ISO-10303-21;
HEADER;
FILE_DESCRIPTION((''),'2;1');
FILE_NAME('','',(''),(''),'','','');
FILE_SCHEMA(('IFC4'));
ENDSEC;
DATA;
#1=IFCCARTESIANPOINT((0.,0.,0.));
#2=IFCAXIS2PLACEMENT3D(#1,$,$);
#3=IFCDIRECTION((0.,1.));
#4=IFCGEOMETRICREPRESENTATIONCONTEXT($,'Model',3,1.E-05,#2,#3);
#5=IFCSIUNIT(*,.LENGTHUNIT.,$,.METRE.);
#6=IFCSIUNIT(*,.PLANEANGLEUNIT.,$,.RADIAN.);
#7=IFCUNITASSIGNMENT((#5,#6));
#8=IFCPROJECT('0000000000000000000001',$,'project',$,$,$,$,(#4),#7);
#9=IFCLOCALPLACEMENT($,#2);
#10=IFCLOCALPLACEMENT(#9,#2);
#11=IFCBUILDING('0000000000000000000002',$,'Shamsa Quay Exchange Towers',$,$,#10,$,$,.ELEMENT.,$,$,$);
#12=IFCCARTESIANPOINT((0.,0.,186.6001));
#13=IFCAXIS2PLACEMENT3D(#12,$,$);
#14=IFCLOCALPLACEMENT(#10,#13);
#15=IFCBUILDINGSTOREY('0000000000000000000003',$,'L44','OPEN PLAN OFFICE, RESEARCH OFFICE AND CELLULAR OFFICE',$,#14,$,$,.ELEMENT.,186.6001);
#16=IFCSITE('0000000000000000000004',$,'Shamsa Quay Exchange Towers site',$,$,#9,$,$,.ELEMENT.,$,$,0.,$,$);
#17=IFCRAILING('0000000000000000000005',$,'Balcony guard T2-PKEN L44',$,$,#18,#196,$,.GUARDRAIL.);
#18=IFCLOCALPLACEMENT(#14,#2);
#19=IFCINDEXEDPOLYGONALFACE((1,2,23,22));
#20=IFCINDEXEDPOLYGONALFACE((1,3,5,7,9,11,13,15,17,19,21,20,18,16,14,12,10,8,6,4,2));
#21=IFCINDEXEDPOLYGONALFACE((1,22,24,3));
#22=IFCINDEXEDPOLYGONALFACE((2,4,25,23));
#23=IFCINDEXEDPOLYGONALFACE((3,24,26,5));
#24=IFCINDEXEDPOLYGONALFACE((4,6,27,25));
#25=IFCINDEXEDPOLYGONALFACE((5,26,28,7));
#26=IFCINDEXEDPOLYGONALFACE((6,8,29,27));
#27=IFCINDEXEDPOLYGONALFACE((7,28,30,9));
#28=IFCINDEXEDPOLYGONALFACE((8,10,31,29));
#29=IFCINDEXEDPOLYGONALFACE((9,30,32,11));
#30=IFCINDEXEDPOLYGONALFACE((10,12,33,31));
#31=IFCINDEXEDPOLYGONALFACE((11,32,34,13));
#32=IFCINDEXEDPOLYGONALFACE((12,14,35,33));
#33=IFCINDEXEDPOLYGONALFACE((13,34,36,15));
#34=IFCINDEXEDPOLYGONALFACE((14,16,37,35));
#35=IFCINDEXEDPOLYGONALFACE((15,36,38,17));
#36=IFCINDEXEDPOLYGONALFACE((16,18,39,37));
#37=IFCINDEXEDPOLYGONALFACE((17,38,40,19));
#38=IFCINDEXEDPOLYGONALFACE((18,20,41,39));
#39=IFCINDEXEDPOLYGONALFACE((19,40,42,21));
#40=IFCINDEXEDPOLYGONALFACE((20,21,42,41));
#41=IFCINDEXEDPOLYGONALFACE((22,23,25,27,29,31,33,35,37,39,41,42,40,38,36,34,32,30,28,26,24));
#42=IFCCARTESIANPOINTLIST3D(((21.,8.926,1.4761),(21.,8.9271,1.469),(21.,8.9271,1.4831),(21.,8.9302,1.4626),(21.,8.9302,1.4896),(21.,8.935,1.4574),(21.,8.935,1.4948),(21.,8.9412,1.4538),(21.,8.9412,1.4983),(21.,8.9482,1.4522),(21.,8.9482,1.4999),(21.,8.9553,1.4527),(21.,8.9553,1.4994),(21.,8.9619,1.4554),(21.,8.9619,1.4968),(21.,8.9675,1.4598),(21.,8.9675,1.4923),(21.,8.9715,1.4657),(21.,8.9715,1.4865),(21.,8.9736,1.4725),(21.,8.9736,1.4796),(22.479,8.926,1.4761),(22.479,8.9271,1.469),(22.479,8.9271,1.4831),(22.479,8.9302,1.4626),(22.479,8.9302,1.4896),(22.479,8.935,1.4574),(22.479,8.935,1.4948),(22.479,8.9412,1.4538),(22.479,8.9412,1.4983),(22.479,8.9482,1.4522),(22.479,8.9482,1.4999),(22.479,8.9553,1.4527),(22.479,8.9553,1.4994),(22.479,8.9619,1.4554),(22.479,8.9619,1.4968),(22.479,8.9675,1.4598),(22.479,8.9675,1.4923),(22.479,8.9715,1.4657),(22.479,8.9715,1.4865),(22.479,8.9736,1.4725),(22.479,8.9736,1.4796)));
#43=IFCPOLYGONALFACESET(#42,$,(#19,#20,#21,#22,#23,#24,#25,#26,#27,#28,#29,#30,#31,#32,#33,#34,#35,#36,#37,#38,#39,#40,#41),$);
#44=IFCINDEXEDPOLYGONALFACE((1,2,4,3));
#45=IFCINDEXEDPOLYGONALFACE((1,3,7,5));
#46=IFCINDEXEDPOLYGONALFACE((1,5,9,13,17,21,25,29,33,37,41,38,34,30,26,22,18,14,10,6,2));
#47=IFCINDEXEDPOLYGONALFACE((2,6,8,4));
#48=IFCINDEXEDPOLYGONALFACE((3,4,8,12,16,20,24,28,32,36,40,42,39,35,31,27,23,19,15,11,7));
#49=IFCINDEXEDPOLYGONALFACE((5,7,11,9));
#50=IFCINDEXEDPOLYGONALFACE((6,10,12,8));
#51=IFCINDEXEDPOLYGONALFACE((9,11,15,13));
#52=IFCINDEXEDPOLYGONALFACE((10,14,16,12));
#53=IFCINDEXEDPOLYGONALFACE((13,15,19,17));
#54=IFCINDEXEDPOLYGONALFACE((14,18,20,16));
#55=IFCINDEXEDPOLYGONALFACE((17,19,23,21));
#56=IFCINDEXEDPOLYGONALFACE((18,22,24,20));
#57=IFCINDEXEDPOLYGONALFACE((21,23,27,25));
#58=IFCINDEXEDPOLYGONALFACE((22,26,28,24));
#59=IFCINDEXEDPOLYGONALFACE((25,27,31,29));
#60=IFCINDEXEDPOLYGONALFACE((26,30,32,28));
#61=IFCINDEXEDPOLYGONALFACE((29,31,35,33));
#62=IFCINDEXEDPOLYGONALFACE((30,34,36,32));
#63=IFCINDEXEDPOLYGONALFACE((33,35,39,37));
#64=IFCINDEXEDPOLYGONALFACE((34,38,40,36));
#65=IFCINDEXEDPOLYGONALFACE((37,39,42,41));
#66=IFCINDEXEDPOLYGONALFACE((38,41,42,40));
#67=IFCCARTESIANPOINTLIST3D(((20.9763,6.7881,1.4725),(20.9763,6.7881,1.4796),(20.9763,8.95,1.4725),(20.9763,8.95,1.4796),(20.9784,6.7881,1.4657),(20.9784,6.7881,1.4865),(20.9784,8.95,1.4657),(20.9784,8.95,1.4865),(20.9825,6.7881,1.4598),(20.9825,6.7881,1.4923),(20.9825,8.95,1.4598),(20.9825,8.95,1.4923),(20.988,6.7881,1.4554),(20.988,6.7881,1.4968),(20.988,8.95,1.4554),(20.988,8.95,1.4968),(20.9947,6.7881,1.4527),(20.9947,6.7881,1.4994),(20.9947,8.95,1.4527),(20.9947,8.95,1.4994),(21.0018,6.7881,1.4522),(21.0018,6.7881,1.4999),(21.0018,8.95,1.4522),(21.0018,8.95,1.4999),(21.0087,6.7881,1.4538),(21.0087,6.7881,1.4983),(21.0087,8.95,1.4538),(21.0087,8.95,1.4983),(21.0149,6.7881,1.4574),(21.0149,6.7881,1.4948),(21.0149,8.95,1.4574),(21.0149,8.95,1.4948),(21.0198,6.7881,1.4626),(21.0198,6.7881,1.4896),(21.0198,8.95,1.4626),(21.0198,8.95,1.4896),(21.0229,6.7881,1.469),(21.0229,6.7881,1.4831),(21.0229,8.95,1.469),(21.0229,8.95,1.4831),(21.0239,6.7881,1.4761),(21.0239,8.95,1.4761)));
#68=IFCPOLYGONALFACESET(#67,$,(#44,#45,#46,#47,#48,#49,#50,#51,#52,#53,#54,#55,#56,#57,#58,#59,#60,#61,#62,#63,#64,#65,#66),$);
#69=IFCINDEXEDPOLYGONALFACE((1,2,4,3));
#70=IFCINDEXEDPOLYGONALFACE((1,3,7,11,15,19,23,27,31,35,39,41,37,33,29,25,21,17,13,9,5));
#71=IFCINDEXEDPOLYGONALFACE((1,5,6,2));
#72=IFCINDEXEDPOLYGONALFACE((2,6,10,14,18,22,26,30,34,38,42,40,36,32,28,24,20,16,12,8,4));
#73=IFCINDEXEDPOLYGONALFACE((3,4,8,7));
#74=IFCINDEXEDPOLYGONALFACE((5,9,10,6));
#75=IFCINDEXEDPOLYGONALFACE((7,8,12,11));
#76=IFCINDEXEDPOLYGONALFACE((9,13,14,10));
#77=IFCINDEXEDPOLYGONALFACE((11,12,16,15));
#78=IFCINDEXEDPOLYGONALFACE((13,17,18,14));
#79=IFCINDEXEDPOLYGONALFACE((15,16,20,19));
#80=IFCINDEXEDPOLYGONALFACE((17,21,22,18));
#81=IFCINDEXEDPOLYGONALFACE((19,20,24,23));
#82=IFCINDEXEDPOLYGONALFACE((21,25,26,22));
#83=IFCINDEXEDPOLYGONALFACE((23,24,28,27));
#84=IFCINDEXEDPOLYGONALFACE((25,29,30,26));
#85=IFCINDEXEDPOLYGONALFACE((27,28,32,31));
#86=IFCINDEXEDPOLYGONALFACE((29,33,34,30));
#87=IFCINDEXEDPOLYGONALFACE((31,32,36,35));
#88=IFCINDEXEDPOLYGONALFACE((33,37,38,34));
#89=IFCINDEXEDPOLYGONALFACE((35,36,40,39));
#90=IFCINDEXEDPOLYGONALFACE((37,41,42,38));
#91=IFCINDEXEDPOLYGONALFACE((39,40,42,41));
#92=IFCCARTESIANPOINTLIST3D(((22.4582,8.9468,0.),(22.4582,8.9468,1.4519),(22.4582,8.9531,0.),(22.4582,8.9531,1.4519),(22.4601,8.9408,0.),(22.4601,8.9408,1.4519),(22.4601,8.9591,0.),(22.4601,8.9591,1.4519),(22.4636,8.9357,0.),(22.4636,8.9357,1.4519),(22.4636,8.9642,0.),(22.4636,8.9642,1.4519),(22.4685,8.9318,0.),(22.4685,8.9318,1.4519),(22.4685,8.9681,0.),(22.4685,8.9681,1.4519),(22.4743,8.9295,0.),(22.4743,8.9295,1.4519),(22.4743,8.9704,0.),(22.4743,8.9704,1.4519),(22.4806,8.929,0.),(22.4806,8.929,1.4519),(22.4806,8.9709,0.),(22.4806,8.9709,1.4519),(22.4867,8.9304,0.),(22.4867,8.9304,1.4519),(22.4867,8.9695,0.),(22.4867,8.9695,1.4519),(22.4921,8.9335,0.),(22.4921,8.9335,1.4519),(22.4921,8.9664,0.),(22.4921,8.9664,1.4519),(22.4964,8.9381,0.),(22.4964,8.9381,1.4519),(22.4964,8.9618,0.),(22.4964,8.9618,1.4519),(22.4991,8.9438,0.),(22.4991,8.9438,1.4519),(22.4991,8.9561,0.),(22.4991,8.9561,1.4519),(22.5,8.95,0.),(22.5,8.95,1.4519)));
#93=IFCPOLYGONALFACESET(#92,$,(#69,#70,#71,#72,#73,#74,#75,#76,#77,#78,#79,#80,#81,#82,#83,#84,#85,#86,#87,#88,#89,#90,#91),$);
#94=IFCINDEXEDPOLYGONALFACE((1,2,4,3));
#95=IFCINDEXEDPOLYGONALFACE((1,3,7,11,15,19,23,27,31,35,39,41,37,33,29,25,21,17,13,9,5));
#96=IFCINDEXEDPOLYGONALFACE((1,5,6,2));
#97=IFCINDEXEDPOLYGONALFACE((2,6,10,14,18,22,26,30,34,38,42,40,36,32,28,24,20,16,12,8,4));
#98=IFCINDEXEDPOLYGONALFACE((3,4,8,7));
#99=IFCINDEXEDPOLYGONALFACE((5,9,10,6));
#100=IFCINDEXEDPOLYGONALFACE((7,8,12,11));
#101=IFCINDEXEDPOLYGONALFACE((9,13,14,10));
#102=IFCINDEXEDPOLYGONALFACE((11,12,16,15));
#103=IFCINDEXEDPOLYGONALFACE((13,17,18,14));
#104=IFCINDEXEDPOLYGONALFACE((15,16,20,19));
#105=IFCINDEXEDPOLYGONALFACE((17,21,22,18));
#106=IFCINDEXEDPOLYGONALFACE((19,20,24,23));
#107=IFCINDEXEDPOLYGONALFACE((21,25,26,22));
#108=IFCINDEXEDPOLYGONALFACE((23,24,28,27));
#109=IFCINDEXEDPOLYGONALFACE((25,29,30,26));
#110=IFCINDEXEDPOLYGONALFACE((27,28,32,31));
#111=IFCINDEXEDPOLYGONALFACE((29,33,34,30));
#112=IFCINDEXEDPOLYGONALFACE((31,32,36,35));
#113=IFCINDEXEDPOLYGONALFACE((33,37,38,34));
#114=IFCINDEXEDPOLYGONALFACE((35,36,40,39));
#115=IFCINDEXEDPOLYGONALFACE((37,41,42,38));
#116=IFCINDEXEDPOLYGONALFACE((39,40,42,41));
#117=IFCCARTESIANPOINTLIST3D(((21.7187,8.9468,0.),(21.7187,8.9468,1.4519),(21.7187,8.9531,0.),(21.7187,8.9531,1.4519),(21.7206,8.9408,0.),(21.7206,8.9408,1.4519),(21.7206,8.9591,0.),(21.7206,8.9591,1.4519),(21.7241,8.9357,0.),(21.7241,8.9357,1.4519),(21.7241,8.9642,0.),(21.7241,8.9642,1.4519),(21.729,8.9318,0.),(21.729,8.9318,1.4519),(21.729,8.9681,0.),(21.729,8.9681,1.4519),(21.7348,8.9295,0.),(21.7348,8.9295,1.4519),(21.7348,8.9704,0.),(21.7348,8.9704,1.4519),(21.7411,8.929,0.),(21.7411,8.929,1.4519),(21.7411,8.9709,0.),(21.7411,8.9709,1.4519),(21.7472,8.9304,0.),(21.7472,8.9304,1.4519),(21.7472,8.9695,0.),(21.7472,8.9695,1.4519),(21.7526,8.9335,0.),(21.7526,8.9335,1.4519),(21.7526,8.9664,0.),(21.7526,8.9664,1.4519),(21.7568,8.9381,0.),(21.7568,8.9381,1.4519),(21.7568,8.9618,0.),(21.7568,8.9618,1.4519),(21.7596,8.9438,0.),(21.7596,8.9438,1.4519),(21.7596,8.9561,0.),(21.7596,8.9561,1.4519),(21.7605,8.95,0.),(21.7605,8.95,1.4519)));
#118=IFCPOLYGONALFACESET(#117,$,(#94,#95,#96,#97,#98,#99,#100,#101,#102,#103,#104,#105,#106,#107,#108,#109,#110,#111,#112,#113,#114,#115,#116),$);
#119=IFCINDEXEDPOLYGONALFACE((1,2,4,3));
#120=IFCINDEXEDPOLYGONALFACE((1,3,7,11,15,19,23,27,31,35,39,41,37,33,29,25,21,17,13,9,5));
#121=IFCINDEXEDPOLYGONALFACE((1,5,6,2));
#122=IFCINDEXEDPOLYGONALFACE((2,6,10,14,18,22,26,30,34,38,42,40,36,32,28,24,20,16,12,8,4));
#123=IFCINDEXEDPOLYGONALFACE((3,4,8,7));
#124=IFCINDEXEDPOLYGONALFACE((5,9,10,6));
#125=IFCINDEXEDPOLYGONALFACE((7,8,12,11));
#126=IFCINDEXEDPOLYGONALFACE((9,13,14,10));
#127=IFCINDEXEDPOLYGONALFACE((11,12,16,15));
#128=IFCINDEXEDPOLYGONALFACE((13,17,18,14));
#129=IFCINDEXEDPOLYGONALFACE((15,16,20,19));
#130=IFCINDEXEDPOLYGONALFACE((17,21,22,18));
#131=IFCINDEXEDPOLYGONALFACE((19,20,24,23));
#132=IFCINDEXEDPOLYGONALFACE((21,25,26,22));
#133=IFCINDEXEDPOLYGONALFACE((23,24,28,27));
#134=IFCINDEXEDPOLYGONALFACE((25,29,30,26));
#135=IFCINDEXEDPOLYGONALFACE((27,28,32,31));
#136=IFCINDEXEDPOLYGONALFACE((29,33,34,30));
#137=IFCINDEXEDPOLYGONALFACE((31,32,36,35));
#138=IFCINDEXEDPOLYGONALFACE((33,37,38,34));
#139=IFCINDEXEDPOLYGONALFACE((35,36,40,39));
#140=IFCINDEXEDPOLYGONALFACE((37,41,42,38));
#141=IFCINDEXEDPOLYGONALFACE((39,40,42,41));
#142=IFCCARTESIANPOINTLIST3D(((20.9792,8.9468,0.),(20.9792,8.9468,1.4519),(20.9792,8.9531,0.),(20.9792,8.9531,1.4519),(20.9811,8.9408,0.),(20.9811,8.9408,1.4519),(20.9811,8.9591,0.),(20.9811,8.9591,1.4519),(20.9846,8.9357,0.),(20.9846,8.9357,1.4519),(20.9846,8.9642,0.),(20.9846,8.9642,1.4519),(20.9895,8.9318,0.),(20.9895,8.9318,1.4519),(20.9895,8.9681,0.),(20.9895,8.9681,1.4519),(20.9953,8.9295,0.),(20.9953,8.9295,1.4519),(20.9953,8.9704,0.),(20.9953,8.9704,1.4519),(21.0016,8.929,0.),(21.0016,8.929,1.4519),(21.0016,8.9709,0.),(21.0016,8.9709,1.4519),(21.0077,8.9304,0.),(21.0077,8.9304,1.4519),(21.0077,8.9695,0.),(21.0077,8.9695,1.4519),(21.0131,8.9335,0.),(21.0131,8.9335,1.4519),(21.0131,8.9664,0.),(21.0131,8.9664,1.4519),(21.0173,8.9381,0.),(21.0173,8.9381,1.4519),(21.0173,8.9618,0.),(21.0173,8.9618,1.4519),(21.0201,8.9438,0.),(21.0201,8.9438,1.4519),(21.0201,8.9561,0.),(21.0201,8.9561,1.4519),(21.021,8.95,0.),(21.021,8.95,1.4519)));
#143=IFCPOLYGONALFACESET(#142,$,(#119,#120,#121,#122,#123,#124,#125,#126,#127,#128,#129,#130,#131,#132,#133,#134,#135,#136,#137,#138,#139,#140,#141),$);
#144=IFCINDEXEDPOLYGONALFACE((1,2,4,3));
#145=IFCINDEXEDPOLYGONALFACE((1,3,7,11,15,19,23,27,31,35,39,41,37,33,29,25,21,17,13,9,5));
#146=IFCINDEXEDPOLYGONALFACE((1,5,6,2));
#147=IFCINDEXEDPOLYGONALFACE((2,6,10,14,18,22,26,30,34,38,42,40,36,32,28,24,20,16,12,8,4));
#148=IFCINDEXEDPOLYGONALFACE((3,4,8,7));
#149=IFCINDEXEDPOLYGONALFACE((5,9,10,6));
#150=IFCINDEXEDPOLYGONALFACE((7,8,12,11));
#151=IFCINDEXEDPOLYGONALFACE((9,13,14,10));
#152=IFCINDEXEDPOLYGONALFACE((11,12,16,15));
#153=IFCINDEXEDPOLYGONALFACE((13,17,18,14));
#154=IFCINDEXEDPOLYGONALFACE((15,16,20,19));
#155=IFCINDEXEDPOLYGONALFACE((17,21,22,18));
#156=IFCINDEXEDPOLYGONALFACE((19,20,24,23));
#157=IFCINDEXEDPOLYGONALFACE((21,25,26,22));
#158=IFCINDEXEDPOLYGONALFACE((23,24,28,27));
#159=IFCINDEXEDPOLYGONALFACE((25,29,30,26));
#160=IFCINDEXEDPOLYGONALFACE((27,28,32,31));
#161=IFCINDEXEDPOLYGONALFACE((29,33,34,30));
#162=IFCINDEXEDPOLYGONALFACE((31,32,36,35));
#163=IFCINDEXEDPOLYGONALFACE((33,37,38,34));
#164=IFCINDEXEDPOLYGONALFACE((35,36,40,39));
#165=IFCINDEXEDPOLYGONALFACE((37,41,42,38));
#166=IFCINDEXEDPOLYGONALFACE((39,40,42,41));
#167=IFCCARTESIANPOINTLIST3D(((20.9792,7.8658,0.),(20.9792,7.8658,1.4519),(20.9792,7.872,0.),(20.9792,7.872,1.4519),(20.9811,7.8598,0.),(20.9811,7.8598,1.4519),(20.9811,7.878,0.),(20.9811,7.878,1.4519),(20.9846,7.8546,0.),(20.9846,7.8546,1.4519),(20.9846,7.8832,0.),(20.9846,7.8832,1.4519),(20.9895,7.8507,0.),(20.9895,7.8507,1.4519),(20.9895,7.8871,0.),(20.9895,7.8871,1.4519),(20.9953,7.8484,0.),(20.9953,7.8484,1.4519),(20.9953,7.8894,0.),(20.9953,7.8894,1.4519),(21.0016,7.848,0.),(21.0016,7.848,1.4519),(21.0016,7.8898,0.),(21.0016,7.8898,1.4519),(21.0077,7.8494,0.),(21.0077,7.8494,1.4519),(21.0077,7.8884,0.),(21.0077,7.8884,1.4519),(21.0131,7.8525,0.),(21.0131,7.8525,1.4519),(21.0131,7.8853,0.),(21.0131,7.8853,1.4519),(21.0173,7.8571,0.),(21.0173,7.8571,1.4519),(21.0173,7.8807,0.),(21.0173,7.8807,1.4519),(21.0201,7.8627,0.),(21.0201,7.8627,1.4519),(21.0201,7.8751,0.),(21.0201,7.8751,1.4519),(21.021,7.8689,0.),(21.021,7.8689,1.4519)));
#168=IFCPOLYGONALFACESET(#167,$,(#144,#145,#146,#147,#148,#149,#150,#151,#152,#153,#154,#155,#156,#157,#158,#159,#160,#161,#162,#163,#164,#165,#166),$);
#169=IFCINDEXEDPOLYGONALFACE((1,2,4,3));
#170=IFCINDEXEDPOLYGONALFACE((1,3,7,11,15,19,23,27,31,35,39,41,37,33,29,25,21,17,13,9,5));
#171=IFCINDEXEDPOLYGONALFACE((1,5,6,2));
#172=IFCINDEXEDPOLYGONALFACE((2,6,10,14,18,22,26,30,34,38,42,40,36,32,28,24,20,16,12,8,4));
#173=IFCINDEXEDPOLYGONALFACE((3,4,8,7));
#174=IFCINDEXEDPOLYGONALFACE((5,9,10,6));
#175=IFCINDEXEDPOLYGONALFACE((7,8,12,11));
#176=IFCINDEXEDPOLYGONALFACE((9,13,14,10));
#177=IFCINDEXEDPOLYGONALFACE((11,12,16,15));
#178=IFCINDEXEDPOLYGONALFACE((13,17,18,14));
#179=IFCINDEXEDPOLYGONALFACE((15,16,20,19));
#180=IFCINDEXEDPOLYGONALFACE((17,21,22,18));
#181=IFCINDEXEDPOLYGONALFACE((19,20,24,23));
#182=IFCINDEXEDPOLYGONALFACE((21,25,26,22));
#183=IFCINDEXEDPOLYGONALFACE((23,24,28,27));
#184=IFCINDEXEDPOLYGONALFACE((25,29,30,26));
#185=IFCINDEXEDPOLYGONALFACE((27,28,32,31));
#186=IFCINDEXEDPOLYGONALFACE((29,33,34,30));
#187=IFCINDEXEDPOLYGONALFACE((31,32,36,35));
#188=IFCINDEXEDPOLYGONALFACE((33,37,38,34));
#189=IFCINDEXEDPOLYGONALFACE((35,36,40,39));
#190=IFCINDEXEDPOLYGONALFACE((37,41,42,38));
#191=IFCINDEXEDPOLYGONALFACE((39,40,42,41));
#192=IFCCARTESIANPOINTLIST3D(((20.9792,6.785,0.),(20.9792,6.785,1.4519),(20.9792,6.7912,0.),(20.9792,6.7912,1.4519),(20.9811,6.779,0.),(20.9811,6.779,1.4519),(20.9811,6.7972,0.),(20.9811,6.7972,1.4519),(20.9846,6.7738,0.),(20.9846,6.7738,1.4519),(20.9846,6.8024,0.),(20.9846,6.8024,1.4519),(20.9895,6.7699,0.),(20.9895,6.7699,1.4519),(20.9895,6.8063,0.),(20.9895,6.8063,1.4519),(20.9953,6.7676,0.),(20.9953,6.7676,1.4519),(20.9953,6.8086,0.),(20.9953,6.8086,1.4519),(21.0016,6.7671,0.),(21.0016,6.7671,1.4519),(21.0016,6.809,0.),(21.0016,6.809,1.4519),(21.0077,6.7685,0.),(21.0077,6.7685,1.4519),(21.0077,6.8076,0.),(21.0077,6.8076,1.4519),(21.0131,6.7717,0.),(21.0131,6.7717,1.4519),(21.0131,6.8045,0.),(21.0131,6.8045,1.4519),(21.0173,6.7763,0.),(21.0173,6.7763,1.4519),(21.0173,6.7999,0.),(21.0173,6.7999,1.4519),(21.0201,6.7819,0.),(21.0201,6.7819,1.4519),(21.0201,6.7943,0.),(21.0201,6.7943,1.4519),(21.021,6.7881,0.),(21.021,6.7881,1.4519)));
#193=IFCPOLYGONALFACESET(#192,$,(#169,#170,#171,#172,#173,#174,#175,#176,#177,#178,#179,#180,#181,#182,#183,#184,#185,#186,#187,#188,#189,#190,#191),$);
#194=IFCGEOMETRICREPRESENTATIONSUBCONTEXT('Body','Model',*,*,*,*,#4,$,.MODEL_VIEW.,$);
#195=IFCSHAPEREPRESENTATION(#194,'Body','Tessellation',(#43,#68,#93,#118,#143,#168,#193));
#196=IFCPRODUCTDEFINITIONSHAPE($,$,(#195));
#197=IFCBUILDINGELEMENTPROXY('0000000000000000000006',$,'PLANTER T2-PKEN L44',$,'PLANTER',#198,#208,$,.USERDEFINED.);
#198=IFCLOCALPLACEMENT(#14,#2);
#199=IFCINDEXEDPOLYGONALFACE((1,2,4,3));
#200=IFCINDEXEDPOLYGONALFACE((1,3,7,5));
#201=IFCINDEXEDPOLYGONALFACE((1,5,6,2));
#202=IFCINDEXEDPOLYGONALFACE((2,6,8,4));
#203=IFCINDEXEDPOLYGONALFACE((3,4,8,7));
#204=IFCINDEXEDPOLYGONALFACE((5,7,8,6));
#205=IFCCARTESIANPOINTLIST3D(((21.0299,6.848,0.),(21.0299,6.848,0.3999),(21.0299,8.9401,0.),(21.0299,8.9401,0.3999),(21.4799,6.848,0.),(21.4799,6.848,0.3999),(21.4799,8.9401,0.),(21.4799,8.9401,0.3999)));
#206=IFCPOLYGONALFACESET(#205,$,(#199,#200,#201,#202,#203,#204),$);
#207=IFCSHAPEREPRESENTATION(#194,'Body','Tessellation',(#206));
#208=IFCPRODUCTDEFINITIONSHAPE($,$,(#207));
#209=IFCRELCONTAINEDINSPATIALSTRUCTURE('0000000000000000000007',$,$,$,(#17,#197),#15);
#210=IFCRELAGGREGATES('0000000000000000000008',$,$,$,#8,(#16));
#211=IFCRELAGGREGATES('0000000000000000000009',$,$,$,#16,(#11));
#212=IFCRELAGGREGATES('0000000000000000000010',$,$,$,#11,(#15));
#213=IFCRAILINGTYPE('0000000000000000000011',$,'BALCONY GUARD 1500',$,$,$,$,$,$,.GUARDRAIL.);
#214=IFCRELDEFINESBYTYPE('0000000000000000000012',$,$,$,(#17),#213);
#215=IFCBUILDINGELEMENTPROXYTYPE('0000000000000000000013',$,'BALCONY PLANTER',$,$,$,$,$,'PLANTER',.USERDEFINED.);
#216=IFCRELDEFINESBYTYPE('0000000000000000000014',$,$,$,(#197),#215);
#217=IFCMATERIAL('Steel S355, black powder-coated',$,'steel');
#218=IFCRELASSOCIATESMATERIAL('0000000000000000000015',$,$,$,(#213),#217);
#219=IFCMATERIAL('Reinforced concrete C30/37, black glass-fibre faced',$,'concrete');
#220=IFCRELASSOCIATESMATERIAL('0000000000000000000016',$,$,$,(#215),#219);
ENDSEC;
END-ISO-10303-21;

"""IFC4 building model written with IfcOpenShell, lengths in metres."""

from ifc_helpers import new_model, si_unit, direction, frame, origin, origin_2d, place, context, subcontext, project, spatial, rectangle, circle, extrude, material, type_object, element, save


model = new_model("IFC4")

# Units and contexts
model_context = context("Model", 3, precision=1e-05, world=origin(), true_north=direction((0.0, 1.0)))
body_context = subcontext(model_context, "Body", "Model", "MODEL_VIEW")
ifc_project = project(units=[si_unit("LENGTHUNIT", "METRE"), si_unit("PLANEANGLEUNIT", "RADIAN")], contexts=[model_context])

# Site, building, storey
site_placement = place(None, origin())
site = spatial("IfcSite", under=ifc_project, at=site_placement, Name="Shamsa Quay Exchange Towers site", CompositionType="ELEMENT", RefElevation=0.0)
building_placement = place(site_placement, origin())
building = spatial("IfcBuilding", under=site, at=building_placement, Name="Shamsa Quay Exchange Towers", CompositionType="ELEMENT")
storey_placement = place(building_placement, frame((0.0, 0.0, 186.6001)))
storey = spatial("IfcBuildingStorey", under=building, at=storey_placement, Name="L44", Description="OPEN PLAN OFFICE, RESEARCH OFFICE AND CELLULAR OFFICE", CompositionType="ELEMENT", Elevation=186.6001)

# Railing
ifc_material_1 = material(Name="Steel S355, black powder-coated", Category="steel")
railing_type = type_object("IfcRailingType", Name="BALCONY GUARD 1500", PredefinedType="GUARDRAIL", material=ifc_material_1)
railing_placement = place(storey_placement, frame((22.479, 8.95, 0.0)))
element("IfcRailing", 1, at=railing_placement, inside=storey, type_object=railing_type, Name="Balcony guard T2-PKEN L44", PredefinedType="GUARDRAIL", context=body_context, shape_type="SweptSolid", body=[
    extrude(circle(Radius=0.0239, at=origin_2d()), frame((0.0, 0.0, 1.4761), z_axis=(-1.0, 0.0, 0.0), x_axis=(0.0, -1.0, 0.0)), (0.0, 0.0, 1.0), 1.479),
    extrude(circle(Radius=0.0239, at=origin_2d()), frame((-1.479, 0.0, 1.4761), z_axis=(0.0, -1.0, 0.0), x_axis=(1.0, 0.0, 0.0)), (0.0, 0.0, 1.0), 2.1619),
    extrude(circle(Radius=0.021, at=origin_2d()), origin(), (0.0, 0.0, 1.0), 1.4519),
    extrude(circle(Radius=0.021, at=origin_2d()), frame((-0.7395, 0.0, 0.0)), (0.0, 0.0, 1.0), 1.4519),
    extrude(circle(Radius=0.021, at=origin_2d()), frame((-1.479, 0.0, 0.0)), (0.0, 0.0, 1.0), 1.4519),
    extrude(circle(Radius=0.021, at=origin_2d()), frame((-1.479, -1.0811, 0.0)), (0.0, 0.0, 1.0), 1.4519),
    extrude(circle(Radius=0.021, at=origin_2d()), frame((-1.479, -2.1619, 0.0)), (0.0, 0.0, 1.0), 1.4519),
])

# Building element proxy
ifc_material_2 = material(Name="Reinforced concrete C30/37, black glass-fibre faced", Category="concrete")
building_element_proxy_type = type_object("IfcBuildingElementProxyType", Name="BALCONY PLANTER", ElementType="PLANTER", PredefinedType="USERDEFINED", material=ifc_material_2)
proxy_placement = place(storey_placement, frame((21.2549, 7.894, 0.0), z_axis=(0.0, 0.0, 1.0), x_axis=(0.0, -1.0, 0.0)))
element("IfcBuildingElementProxy", 2, at=proxy_placement, inside=storey, type_object=building_element_proxy_type, Name="PLANTER T2-PKEN L44", ObjectType="PLANTER", PredefinedType="USERDEFINED", context=body_context, shape_type="SweptSolid", body=[
    extrude(rectangle(XDim=2.092, YDim=0.45, at=origin_2d()), origin(), (0.0, 0.0, 1.0), 0.3999),
])

save(model, "model.ifc")
